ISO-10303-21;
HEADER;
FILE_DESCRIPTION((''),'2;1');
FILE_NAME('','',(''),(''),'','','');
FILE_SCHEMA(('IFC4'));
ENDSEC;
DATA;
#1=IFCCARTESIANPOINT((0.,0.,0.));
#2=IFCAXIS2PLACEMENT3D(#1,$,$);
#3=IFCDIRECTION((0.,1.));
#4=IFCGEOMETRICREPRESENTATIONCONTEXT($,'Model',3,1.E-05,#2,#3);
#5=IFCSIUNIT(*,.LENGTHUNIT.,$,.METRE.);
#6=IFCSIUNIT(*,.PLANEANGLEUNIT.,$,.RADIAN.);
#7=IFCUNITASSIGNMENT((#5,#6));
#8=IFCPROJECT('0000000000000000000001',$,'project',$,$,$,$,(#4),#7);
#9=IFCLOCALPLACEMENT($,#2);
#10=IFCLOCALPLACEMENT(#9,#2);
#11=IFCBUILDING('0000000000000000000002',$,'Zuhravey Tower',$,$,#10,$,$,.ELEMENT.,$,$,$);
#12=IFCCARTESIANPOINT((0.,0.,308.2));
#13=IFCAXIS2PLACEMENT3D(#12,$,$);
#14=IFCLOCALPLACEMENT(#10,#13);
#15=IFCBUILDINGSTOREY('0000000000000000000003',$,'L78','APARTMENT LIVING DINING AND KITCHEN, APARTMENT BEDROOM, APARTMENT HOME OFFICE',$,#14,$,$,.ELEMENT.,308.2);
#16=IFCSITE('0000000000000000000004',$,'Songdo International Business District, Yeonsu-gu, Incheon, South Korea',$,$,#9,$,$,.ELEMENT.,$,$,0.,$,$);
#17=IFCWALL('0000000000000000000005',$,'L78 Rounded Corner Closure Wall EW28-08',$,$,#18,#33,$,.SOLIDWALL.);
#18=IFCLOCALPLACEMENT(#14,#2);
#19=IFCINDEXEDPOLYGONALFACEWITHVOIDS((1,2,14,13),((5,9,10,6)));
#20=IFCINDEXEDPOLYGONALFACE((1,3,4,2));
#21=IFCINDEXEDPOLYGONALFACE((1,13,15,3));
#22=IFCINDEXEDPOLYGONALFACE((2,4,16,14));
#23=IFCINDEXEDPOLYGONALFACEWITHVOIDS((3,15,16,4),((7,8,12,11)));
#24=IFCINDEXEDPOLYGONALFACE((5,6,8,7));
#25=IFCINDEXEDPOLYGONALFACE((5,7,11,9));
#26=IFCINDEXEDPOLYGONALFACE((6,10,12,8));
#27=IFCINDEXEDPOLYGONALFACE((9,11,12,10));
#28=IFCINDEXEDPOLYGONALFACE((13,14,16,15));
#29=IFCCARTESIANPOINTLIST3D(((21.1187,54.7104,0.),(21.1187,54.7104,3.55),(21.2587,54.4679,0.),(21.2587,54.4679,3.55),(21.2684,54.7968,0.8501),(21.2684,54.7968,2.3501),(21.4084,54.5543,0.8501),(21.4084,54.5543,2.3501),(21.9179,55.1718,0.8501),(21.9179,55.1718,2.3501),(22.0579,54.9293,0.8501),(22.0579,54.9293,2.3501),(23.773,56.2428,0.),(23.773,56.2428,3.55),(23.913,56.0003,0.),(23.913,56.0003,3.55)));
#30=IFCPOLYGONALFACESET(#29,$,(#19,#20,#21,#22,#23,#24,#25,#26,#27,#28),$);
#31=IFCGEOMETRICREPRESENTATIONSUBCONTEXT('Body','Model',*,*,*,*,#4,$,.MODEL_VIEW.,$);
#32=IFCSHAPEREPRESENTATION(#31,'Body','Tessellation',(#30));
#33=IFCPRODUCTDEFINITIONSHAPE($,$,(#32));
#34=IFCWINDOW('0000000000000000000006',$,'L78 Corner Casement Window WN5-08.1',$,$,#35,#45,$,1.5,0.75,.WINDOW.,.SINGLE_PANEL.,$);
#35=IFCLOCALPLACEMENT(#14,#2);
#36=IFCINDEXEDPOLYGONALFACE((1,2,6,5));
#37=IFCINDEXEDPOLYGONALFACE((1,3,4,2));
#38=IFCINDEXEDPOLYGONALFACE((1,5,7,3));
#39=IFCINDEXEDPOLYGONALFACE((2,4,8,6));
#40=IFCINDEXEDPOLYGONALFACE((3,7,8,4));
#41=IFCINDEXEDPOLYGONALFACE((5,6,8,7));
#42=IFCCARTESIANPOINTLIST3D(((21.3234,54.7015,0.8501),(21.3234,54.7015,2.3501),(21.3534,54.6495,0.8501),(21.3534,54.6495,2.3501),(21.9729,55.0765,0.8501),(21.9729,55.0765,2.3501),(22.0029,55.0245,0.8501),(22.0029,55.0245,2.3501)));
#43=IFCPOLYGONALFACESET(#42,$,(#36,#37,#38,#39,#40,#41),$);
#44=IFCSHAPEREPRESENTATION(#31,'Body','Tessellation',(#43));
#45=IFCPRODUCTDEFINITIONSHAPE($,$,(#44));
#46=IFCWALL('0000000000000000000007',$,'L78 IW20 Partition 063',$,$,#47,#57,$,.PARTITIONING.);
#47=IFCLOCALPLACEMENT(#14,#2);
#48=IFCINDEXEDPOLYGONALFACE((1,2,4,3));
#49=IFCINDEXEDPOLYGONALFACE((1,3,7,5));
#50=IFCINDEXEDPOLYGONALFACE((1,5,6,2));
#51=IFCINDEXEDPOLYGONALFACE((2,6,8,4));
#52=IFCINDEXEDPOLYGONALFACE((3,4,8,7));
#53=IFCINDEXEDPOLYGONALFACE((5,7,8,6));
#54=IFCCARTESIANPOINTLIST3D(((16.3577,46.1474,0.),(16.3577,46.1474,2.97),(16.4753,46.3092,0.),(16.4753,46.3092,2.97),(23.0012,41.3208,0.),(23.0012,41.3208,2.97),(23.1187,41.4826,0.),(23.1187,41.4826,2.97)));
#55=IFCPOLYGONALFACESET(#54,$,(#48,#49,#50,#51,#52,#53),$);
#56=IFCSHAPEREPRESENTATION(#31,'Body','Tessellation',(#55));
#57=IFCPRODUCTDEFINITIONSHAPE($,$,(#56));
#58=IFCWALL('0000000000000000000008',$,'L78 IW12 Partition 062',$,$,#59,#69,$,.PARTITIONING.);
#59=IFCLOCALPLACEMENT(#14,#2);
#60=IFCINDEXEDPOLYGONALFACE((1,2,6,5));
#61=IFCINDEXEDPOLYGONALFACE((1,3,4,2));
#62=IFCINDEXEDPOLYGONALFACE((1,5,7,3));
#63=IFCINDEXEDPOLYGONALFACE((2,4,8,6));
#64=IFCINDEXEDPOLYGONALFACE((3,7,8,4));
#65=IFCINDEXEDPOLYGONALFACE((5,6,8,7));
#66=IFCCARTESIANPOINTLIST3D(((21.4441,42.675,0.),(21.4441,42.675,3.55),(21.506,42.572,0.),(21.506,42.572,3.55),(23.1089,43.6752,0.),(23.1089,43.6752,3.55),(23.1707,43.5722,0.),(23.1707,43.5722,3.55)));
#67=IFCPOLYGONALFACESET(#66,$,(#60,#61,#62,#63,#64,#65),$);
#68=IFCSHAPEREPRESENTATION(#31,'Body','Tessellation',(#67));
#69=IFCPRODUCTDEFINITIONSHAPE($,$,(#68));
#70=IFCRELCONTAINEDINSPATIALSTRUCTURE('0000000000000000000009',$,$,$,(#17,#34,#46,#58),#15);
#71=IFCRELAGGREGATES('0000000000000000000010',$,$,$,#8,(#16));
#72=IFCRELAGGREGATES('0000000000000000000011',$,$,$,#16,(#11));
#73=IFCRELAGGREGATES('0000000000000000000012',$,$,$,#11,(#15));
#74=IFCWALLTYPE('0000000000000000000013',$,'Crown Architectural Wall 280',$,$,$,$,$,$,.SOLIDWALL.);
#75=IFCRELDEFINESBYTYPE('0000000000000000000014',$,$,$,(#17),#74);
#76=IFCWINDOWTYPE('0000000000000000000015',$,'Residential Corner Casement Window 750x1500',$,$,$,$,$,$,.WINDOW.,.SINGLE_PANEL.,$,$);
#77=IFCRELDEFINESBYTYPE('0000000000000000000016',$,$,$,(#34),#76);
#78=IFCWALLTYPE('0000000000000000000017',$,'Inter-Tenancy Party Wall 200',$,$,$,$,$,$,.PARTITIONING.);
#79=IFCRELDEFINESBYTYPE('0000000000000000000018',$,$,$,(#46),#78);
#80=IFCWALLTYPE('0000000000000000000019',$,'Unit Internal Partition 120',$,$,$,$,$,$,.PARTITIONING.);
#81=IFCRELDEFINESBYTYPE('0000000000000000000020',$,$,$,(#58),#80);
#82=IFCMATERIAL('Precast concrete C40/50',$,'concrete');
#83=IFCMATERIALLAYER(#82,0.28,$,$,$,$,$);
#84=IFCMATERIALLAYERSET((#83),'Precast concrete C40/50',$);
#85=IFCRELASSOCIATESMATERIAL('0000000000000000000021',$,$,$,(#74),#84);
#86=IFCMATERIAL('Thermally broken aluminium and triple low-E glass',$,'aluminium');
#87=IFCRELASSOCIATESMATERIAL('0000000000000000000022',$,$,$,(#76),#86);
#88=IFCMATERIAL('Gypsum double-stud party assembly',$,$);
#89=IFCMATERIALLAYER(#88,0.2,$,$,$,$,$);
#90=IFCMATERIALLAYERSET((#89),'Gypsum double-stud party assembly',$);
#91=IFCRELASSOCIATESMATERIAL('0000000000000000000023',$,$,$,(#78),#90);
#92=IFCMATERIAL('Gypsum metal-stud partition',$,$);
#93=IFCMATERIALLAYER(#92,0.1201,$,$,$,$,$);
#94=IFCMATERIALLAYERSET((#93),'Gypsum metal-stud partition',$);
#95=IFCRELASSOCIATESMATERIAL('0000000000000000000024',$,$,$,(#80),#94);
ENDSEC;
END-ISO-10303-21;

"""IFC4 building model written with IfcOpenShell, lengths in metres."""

from ifc_helpers import new_model, si_unit, direction, frame, frame_2d, origin, place, context, subcontext, project, spatial, rectangle, extrude, material, layer, layer_set, type_object, element, fill, save


model = new_model("IFC4")

# Units and contexts
model_context = context("Model", 3, precision=1e-05, world=origin(), true_north=direction((0.0, 1.0)))
body_context = subcontext(model_context, "Body", "Model", "MODEL_VIEW")
ifc_project = project(units=[si_unit("LENGTHUNIT", "METRE"), si_unit("PLANEANGLEUNIT", "RADIAN")], contexts=[model_context])

# Site, building, storey
site_placement = place(None, origin())
site = spatial("IfcSite", under=ifc_project, at=site_placement, Name="Songdo International Business District, Yeonsu-gu, Incheon, South Korea", CompositionType="ELEMENT", RefElevation=0.0)
building_placement = place(site_placement, origin())
building = spatial("IfcBuilding", under=site, at=building_placement, Name="Zuhravey Tower", CompositionType="ELEMENT")
storey_placement = place(building_placement, frame((0.0, 0.0, 308.2)))
storey = spatial("IfcBuildingStorey", under=building, at=storey_placement, Name="L78", Description="APARTMENT LIVING DINING AND KITCHEN, APARTMENT BEDROOM, APARTMENT HOME OFFICE", CompositionType="ELEMENT", Elevation=308.2)

# Wall, opening, window
ifc_material_1 = material(Name="Precast concrete C40/50", Category="concrete")
ifc_layer_1 = layer(ifc_material_1, 0.28)
ifc_layer_set_1 = layer_set([ifc_layer_1], Name="Precast concrete C40/50")
wall_type_1 = type_object("IfcWallType", Name="Crown Architectural Wall 280", PredefinedType="SOLIDWALL", material=ifc_layer_set_1)
wall_1_placement = place(storey_placement, frame((21.1887, 54.5891, 0.0), z_axis=(0.0, 0.0, 1.0), x_axis=(0.866024, 0.500003, 0.0)))
wall_1 = element("IfcWall", 1, at=wall_1_placement, inside=storey, type_object=wall_type_1, Name="L78 Rounded Corner Closure Wall EW28-08", PredefinedType="SOLIDWALL", context=body_context, shape_type="SweptSolid", body=[
    extrude(rectangle(XDim=3.0649, YDim=0.28, at=frame_2d((1.5325, 0.0))), origin(), (0.0, 0.0, 1.0), 3.55),
])
opening_placement = place(wall_1_placement, frame((0.1729, 0.0, 0.8501)))
opening = element("IfcOpeningElement", 2, at=opening_placement, cuts=wall_1, PredefinedType="OPENING", context=body_context, shape_type="SweptSolid", body=[
    extrude(rectangle(XDim=0.75, YDim=1.5, at=frame_2d((0.375, 0.75))), frame((0.0, 0.1521, 0.0), z_axis=(0.0, -1.0, 0.0), x_axis=(1.0, 0.0, 0.0)), (0.0, 0.0, 1.0), 0.304),
])
ifc_material_2 = material(Name="Thermally broken aluminium and triple low-E glass", Category="aluminium")
window_type = type_object("IfcWindowType", Name="Residential Corner Casement Window 750x1500", PartitioningType="SINGLE_PANEL", PredefinedType="WINDOW", material=ifc_material_2)
window_placement = place(opening_placement, origin())
window = element("IfcWindow", 3, at=window_placement, inside=storey, type_object=window_type, Name="L78 Corner Casement Window WN5-08.1", OverallHeight=1.5, OverallWidth=0.75, PartitioningType="SINGLE_PANEL", PredefinedType="WINDOW", context=body_context, shape_type="SweptSolid", body=[
    extrude(rectangle(XDim=0.75, YDim=1.5, at=frame_2d((0.375, 0.75))), frame((0.0, 0.03, 0.0), z_axis=(0.0, -1.0, 0.0), x_axis=(1.0, 0.0, 0.0)), (0.0, 0.0, 1.0), 0.0601),
])
fill(opening, window)

# Walls
ifc_material_3 = material(Name="Gypsum double-stud party assembly")
ifc_layer_2 = layer(ifc_material_3, 0.2)
ifc_layer_set_2 = layer_set([ifc_layer_2], Name="Gypsum double-stud party assembly")
wall_type_2 = type_object("IfcWallType", Name="Inter-Tenancy Party Wall 200", PredefinedType="PARTITIONING", material=ifc_layer_set_2)
wall_2_placement = place(storey_placement, frame((23.0601, 41.4016, 0.0), z_axis=(0.0, 0.0, 1.0), x_axis=(-0.809027, 0.587772, 0.0)))
element("IfcWall", 4, at=wall_2_placement, inside=storey, type_object=wall_type_2, Name="L78 IW20 Partition 063", PredefinedType="PARTITIONING", context=body_context, shape_type="SweptSolid", body=[
    extrude(rectangle(XDim=8.2117, YDim=0.2, at=frame_2d((4.106, 0.0))), origin(), (0.0, 0.0, 1.0), 2.97),
])
ifc_material_4 = material(Name="Gypsum metal-stud partition")
ifc_layer_3 = layer(ifc_material_4, 0.1201)
ifc_layer_set_3 = layer_set([ifc_layer_3], Name="Gypsum metal-stud partition")
wall_type_3 = type_object("IfcWallType", Name="Unit Internal Partition 120", PredefinedType="PARTITIONING", material=ifc_layer_set_3)
wall_3_placement = place(storey_placement, frame((23.1399, 43.6238, 0.0), z_axis=(0.0, 0.0, 1.0), x_axis=(-0.857182, -0.515013, 0.0)))
element("IfcWall", 5, at=wall_3_placement, inside=storey, type_object=wall_type_3, Name="L78 IW12 Partition 062", PredefinedType="PARTITIONING", context=body_context, shape_type="SweptSolid", body=[
    extrude(rectangle(XDim=1.9421, YDim=0.1201, at=frame_2d((0.9712, 0.0))), origin(), (0.0, 0.0, 1.0), 3.55),
])

save(model, "model.ifc")
